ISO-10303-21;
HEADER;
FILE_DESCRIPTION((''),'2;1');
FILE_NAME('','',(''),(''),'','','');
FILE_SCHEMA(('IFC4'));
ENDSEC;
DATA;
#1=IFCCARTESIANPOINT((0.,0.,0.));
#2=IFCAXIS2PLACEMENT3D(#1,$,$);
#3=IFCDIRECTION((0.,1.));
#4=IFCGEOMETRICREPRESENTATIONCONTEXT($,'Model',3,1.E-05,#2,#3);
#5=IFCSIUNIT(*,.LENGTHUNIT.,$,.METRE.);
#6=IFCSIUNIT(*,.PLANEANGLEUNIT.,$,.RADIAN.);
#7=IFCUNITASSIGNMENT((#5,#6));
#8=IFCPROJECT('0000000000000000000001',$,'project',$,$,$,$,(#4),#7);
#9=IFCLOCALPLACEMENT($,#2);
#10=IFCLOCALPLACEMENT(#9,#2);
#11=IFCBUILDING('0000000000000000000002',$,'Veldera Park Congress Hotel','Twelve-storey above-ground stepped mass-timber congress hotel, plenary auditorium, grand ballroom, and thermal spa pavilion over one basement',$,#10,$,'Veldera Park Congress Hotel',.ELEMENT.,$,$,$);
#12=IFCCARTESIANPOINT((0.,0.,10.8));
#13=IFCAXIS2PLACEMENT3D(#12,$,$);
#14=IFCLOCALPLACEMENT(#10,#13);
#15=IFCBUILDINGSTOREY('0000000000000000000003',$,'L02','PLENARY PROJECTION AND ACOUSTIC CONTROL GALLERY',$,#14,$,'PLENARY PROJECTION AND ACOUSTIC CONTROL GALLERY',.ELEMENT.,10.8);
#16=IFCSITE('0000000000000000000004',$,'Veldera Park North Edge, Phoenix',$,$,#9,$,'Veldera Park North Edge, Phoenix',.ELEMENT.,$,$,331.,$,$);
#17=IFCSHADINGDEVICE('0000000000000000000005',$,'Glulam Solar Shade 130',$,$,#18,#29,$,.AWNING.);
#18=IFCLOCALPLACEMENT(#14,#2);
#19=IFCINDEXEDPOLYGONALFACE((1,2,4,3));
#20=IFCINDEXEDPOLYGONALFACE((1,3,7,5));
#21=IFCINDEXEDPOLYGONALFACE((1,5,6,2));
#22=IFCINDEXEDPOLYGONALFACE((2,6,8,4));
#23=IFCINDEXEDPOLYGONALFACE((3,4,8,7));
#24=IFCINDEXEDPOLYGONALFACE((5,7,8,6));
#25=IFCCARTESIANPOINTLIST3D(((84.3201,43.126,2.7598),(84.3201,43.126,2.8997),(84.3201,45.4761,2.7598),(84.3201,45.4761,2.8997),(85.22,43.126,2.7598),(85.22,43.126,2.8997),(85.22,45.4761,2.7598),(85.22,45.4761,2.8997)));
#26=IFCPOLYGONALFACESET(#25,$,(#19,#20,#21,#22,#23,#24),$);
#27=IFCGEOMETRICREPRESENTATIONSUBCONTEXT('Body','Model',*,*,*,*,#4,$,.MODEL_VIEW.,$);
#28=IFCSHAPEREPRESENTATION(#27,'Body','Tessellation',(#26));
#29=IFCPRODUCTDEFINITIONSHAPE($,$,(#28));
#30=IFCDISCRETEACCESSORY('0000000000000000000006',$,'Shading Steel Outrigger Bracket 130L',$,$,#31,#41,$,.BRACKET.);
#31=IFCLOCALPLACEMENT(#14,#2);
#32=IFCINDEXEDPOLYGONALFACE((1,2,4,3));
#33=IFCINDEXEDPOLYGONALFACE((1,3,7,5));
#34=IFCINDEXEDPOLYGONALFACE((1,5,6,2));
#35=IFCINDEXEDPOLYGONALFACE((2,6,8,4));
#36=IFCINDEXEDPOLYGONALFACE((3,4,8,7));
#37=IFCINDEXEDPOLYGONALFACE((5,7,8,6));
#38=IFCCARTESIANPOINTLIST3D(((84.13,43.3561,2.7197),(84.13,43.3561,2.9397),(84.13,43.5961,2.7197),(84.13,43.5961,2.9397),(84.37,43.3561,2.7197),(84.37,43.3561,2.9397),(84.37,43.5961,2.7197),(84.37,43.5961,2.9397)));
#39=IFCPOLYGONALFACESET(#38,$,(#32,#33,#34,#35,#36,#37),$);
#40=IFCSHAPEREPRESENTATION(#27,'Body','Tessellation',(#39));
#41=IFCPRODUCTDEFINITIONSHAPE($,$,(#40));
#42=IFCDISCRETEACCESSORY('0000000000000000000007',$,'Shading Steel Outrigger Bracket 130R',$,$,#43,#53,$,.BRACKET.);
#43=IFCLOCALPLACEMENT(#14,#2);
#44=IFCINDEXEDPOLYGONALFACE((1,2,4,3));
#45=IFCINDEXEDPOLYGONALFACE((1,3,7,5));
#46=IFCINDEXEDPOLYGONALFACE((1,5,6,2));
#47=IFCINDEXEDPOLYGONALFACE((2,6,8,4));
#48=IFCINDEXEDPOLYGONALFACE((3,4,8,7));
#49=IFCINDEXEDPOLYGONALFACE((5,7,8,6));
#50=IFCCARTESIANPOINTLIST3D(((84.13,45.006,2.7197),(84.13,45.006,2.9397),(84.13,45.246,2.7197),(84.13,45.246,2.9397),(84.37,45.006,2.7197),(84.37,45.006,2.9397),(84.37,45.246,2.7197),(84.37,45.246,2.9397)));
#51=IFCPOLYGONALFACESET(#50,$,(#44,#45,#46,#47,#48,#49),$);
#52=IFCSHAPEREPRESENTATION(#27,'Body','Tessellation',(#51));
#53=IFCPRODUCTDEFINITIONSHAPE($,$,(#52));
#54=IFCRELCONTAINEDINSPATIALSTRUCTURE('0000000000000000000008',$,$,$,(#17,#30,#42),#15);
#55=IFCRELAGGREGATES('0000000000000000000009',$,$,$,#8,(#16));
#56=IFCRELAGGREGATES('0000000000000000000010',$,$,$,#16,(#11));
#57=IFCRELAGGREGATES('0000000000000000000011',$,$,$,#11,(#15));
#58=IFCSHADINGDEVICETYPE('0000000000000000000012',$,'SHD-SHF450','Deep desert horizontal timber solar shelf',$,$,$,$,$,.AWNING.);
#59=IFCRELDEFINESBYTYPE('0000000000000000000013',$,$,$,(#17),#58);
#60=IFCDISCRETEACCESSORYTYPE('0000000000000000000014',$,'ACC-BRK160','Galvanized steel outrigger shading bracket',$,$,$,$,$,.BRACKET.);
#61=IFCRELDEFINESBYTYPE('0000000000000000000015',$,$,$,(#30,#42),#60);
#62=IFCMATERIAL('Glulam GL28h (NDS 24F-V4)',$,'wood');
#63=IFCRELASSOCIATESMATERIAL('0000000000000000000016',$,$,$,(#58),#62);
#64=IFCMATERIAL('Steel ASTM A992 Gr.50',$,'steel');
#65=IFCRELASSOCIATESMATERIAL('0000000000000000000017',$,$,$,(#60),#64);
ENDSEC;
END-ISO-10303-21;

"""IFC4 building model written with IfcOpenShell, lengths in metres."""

from ifc_helpers import new_model, si_unit, direction, frame, origin, origin_2d, place, context, subcontext, project, spatial, rectangle, extrude, material, type_object, element, save


model = new_model("IFC4")

# Units and contexts
model_context = context("Model", 3, precision=1e-05, world=origin(), true_north=direction((0.0, 1.0)))
body_context = subcontext(model_context, "Body", "Model", "MODEL_VIEW")
ifc_project = project(units=[si_unit("LENGTHUNIT", "METRE"), si_unit("PLANEANGLEUNIT", "RADIAN")], contexts=[model_context])

# Site, building, storey
site_placement = place(None, origin())
site = spatial("IfcSite", under=ifc_project, at=site_placement, Name="Veldera Park North Edge, Phoenix", LongName="Veldera Park North Edge, Phoenix", CompositionType="ELEMENT", RefElevation=331.0)
building_placement = place(site_placement, origin())
building = spatial("IfcBuilding", under=site, at=building_placement, Name="Veldera Park Congress Hotel", Description="Twelve-storey above-ground stepped mass-timber congress hotel, plenary auditorium, grand ballroom, and thermal spa pavilion over one basement", LongName="Veldera Park Congress Hotel", CompositionType="ELEMENT")
storey_placement = place(building_placement, frame((0.0, 0.0, 10.8)))
storey = spatial("IfcBuildingStorey", under=building, at=storey_placement, Name="L02", Description="PLENARY PROJECTION AND ACOUSTIC CONTROL GALLERY", LongName="PLENARY PROJECTION AND ACOUSTIC CONTROL GALLERY", CompositionType="ELEMENT", Elevation=10.8)

# Shared definitions
ifc_material_1 = material(Name="Glulam GL28h (NDS 24F-V4)", Category="wood")
ifc_material_2 = material(Name="Steel ASTM A992 Gr.50", Category="steel")

# Shading device
shading_device_type = type_object("IfcShadingDeviceType", Name="SHD-SHF450", Description="Deep desert horizontal timber solar shelf", PredefinedType="AWNING", material=ifc_material_1)
shading_device_placement = place(storey_placement, frame((84.77, 44.301, 2.7598), z_axis=(0.0, 0.0, 1.0), x_axis=(0.0, 1.0, 0.0)))
element("IfcShadingDevice", 1, at=shading_device_placement, inside=storey, type_object=shading_device_type, Name="Glulam Solar Shade 130", PredefinedType="AWNING", context=body_context, shape_type="SweptSolid", body=[
    extrude(rectangle(XDim=2.3501, YDim=0.8999, at=origin_2d()), origin(), (0.0, 0.0, 1.0), 0.1399),
])

# Discrete accessories
discrete_accessory_type = type_object("IfcDiscreteAccessoryType", Name="ACC-BRK160", Description="Galvanized steel outrigger shading bracket", PredefinedType="BRACKET", material=ifc_material_2)
for number, where, z_axis, x_axis, name in (
    (2, (84.25, 43.4761, 2.7197), (0.0, 0.0, 1.0), (0.0, 1.0, 0.0), "Shading Steel Outrigger Bracket 130L"),
    (3, (84.25, 45.126, 2.7197), (0.0, 0.0, 1.0), (0.0, 1.0, 0.0), "Shading Steel Outrigger Bracket 130R"),
):
    element("IfcDiscreteAccessory", number, at=place(storey_placement, frame(where, z_axis=z_axis, x_axis=x_axis)), inside=storey, type_object=discrete_accessory_type, Name=name, PredefinedType="BRACKET", context=body_context, shape_type="SweptSolid", body=[
        extrude(rectangle(XDim=0.24, YDim=0.24, at=origin_2d()), origin(), (0.0, 0.0, 1.0), 0.22),
    ])

save(model, "model.ifc")
